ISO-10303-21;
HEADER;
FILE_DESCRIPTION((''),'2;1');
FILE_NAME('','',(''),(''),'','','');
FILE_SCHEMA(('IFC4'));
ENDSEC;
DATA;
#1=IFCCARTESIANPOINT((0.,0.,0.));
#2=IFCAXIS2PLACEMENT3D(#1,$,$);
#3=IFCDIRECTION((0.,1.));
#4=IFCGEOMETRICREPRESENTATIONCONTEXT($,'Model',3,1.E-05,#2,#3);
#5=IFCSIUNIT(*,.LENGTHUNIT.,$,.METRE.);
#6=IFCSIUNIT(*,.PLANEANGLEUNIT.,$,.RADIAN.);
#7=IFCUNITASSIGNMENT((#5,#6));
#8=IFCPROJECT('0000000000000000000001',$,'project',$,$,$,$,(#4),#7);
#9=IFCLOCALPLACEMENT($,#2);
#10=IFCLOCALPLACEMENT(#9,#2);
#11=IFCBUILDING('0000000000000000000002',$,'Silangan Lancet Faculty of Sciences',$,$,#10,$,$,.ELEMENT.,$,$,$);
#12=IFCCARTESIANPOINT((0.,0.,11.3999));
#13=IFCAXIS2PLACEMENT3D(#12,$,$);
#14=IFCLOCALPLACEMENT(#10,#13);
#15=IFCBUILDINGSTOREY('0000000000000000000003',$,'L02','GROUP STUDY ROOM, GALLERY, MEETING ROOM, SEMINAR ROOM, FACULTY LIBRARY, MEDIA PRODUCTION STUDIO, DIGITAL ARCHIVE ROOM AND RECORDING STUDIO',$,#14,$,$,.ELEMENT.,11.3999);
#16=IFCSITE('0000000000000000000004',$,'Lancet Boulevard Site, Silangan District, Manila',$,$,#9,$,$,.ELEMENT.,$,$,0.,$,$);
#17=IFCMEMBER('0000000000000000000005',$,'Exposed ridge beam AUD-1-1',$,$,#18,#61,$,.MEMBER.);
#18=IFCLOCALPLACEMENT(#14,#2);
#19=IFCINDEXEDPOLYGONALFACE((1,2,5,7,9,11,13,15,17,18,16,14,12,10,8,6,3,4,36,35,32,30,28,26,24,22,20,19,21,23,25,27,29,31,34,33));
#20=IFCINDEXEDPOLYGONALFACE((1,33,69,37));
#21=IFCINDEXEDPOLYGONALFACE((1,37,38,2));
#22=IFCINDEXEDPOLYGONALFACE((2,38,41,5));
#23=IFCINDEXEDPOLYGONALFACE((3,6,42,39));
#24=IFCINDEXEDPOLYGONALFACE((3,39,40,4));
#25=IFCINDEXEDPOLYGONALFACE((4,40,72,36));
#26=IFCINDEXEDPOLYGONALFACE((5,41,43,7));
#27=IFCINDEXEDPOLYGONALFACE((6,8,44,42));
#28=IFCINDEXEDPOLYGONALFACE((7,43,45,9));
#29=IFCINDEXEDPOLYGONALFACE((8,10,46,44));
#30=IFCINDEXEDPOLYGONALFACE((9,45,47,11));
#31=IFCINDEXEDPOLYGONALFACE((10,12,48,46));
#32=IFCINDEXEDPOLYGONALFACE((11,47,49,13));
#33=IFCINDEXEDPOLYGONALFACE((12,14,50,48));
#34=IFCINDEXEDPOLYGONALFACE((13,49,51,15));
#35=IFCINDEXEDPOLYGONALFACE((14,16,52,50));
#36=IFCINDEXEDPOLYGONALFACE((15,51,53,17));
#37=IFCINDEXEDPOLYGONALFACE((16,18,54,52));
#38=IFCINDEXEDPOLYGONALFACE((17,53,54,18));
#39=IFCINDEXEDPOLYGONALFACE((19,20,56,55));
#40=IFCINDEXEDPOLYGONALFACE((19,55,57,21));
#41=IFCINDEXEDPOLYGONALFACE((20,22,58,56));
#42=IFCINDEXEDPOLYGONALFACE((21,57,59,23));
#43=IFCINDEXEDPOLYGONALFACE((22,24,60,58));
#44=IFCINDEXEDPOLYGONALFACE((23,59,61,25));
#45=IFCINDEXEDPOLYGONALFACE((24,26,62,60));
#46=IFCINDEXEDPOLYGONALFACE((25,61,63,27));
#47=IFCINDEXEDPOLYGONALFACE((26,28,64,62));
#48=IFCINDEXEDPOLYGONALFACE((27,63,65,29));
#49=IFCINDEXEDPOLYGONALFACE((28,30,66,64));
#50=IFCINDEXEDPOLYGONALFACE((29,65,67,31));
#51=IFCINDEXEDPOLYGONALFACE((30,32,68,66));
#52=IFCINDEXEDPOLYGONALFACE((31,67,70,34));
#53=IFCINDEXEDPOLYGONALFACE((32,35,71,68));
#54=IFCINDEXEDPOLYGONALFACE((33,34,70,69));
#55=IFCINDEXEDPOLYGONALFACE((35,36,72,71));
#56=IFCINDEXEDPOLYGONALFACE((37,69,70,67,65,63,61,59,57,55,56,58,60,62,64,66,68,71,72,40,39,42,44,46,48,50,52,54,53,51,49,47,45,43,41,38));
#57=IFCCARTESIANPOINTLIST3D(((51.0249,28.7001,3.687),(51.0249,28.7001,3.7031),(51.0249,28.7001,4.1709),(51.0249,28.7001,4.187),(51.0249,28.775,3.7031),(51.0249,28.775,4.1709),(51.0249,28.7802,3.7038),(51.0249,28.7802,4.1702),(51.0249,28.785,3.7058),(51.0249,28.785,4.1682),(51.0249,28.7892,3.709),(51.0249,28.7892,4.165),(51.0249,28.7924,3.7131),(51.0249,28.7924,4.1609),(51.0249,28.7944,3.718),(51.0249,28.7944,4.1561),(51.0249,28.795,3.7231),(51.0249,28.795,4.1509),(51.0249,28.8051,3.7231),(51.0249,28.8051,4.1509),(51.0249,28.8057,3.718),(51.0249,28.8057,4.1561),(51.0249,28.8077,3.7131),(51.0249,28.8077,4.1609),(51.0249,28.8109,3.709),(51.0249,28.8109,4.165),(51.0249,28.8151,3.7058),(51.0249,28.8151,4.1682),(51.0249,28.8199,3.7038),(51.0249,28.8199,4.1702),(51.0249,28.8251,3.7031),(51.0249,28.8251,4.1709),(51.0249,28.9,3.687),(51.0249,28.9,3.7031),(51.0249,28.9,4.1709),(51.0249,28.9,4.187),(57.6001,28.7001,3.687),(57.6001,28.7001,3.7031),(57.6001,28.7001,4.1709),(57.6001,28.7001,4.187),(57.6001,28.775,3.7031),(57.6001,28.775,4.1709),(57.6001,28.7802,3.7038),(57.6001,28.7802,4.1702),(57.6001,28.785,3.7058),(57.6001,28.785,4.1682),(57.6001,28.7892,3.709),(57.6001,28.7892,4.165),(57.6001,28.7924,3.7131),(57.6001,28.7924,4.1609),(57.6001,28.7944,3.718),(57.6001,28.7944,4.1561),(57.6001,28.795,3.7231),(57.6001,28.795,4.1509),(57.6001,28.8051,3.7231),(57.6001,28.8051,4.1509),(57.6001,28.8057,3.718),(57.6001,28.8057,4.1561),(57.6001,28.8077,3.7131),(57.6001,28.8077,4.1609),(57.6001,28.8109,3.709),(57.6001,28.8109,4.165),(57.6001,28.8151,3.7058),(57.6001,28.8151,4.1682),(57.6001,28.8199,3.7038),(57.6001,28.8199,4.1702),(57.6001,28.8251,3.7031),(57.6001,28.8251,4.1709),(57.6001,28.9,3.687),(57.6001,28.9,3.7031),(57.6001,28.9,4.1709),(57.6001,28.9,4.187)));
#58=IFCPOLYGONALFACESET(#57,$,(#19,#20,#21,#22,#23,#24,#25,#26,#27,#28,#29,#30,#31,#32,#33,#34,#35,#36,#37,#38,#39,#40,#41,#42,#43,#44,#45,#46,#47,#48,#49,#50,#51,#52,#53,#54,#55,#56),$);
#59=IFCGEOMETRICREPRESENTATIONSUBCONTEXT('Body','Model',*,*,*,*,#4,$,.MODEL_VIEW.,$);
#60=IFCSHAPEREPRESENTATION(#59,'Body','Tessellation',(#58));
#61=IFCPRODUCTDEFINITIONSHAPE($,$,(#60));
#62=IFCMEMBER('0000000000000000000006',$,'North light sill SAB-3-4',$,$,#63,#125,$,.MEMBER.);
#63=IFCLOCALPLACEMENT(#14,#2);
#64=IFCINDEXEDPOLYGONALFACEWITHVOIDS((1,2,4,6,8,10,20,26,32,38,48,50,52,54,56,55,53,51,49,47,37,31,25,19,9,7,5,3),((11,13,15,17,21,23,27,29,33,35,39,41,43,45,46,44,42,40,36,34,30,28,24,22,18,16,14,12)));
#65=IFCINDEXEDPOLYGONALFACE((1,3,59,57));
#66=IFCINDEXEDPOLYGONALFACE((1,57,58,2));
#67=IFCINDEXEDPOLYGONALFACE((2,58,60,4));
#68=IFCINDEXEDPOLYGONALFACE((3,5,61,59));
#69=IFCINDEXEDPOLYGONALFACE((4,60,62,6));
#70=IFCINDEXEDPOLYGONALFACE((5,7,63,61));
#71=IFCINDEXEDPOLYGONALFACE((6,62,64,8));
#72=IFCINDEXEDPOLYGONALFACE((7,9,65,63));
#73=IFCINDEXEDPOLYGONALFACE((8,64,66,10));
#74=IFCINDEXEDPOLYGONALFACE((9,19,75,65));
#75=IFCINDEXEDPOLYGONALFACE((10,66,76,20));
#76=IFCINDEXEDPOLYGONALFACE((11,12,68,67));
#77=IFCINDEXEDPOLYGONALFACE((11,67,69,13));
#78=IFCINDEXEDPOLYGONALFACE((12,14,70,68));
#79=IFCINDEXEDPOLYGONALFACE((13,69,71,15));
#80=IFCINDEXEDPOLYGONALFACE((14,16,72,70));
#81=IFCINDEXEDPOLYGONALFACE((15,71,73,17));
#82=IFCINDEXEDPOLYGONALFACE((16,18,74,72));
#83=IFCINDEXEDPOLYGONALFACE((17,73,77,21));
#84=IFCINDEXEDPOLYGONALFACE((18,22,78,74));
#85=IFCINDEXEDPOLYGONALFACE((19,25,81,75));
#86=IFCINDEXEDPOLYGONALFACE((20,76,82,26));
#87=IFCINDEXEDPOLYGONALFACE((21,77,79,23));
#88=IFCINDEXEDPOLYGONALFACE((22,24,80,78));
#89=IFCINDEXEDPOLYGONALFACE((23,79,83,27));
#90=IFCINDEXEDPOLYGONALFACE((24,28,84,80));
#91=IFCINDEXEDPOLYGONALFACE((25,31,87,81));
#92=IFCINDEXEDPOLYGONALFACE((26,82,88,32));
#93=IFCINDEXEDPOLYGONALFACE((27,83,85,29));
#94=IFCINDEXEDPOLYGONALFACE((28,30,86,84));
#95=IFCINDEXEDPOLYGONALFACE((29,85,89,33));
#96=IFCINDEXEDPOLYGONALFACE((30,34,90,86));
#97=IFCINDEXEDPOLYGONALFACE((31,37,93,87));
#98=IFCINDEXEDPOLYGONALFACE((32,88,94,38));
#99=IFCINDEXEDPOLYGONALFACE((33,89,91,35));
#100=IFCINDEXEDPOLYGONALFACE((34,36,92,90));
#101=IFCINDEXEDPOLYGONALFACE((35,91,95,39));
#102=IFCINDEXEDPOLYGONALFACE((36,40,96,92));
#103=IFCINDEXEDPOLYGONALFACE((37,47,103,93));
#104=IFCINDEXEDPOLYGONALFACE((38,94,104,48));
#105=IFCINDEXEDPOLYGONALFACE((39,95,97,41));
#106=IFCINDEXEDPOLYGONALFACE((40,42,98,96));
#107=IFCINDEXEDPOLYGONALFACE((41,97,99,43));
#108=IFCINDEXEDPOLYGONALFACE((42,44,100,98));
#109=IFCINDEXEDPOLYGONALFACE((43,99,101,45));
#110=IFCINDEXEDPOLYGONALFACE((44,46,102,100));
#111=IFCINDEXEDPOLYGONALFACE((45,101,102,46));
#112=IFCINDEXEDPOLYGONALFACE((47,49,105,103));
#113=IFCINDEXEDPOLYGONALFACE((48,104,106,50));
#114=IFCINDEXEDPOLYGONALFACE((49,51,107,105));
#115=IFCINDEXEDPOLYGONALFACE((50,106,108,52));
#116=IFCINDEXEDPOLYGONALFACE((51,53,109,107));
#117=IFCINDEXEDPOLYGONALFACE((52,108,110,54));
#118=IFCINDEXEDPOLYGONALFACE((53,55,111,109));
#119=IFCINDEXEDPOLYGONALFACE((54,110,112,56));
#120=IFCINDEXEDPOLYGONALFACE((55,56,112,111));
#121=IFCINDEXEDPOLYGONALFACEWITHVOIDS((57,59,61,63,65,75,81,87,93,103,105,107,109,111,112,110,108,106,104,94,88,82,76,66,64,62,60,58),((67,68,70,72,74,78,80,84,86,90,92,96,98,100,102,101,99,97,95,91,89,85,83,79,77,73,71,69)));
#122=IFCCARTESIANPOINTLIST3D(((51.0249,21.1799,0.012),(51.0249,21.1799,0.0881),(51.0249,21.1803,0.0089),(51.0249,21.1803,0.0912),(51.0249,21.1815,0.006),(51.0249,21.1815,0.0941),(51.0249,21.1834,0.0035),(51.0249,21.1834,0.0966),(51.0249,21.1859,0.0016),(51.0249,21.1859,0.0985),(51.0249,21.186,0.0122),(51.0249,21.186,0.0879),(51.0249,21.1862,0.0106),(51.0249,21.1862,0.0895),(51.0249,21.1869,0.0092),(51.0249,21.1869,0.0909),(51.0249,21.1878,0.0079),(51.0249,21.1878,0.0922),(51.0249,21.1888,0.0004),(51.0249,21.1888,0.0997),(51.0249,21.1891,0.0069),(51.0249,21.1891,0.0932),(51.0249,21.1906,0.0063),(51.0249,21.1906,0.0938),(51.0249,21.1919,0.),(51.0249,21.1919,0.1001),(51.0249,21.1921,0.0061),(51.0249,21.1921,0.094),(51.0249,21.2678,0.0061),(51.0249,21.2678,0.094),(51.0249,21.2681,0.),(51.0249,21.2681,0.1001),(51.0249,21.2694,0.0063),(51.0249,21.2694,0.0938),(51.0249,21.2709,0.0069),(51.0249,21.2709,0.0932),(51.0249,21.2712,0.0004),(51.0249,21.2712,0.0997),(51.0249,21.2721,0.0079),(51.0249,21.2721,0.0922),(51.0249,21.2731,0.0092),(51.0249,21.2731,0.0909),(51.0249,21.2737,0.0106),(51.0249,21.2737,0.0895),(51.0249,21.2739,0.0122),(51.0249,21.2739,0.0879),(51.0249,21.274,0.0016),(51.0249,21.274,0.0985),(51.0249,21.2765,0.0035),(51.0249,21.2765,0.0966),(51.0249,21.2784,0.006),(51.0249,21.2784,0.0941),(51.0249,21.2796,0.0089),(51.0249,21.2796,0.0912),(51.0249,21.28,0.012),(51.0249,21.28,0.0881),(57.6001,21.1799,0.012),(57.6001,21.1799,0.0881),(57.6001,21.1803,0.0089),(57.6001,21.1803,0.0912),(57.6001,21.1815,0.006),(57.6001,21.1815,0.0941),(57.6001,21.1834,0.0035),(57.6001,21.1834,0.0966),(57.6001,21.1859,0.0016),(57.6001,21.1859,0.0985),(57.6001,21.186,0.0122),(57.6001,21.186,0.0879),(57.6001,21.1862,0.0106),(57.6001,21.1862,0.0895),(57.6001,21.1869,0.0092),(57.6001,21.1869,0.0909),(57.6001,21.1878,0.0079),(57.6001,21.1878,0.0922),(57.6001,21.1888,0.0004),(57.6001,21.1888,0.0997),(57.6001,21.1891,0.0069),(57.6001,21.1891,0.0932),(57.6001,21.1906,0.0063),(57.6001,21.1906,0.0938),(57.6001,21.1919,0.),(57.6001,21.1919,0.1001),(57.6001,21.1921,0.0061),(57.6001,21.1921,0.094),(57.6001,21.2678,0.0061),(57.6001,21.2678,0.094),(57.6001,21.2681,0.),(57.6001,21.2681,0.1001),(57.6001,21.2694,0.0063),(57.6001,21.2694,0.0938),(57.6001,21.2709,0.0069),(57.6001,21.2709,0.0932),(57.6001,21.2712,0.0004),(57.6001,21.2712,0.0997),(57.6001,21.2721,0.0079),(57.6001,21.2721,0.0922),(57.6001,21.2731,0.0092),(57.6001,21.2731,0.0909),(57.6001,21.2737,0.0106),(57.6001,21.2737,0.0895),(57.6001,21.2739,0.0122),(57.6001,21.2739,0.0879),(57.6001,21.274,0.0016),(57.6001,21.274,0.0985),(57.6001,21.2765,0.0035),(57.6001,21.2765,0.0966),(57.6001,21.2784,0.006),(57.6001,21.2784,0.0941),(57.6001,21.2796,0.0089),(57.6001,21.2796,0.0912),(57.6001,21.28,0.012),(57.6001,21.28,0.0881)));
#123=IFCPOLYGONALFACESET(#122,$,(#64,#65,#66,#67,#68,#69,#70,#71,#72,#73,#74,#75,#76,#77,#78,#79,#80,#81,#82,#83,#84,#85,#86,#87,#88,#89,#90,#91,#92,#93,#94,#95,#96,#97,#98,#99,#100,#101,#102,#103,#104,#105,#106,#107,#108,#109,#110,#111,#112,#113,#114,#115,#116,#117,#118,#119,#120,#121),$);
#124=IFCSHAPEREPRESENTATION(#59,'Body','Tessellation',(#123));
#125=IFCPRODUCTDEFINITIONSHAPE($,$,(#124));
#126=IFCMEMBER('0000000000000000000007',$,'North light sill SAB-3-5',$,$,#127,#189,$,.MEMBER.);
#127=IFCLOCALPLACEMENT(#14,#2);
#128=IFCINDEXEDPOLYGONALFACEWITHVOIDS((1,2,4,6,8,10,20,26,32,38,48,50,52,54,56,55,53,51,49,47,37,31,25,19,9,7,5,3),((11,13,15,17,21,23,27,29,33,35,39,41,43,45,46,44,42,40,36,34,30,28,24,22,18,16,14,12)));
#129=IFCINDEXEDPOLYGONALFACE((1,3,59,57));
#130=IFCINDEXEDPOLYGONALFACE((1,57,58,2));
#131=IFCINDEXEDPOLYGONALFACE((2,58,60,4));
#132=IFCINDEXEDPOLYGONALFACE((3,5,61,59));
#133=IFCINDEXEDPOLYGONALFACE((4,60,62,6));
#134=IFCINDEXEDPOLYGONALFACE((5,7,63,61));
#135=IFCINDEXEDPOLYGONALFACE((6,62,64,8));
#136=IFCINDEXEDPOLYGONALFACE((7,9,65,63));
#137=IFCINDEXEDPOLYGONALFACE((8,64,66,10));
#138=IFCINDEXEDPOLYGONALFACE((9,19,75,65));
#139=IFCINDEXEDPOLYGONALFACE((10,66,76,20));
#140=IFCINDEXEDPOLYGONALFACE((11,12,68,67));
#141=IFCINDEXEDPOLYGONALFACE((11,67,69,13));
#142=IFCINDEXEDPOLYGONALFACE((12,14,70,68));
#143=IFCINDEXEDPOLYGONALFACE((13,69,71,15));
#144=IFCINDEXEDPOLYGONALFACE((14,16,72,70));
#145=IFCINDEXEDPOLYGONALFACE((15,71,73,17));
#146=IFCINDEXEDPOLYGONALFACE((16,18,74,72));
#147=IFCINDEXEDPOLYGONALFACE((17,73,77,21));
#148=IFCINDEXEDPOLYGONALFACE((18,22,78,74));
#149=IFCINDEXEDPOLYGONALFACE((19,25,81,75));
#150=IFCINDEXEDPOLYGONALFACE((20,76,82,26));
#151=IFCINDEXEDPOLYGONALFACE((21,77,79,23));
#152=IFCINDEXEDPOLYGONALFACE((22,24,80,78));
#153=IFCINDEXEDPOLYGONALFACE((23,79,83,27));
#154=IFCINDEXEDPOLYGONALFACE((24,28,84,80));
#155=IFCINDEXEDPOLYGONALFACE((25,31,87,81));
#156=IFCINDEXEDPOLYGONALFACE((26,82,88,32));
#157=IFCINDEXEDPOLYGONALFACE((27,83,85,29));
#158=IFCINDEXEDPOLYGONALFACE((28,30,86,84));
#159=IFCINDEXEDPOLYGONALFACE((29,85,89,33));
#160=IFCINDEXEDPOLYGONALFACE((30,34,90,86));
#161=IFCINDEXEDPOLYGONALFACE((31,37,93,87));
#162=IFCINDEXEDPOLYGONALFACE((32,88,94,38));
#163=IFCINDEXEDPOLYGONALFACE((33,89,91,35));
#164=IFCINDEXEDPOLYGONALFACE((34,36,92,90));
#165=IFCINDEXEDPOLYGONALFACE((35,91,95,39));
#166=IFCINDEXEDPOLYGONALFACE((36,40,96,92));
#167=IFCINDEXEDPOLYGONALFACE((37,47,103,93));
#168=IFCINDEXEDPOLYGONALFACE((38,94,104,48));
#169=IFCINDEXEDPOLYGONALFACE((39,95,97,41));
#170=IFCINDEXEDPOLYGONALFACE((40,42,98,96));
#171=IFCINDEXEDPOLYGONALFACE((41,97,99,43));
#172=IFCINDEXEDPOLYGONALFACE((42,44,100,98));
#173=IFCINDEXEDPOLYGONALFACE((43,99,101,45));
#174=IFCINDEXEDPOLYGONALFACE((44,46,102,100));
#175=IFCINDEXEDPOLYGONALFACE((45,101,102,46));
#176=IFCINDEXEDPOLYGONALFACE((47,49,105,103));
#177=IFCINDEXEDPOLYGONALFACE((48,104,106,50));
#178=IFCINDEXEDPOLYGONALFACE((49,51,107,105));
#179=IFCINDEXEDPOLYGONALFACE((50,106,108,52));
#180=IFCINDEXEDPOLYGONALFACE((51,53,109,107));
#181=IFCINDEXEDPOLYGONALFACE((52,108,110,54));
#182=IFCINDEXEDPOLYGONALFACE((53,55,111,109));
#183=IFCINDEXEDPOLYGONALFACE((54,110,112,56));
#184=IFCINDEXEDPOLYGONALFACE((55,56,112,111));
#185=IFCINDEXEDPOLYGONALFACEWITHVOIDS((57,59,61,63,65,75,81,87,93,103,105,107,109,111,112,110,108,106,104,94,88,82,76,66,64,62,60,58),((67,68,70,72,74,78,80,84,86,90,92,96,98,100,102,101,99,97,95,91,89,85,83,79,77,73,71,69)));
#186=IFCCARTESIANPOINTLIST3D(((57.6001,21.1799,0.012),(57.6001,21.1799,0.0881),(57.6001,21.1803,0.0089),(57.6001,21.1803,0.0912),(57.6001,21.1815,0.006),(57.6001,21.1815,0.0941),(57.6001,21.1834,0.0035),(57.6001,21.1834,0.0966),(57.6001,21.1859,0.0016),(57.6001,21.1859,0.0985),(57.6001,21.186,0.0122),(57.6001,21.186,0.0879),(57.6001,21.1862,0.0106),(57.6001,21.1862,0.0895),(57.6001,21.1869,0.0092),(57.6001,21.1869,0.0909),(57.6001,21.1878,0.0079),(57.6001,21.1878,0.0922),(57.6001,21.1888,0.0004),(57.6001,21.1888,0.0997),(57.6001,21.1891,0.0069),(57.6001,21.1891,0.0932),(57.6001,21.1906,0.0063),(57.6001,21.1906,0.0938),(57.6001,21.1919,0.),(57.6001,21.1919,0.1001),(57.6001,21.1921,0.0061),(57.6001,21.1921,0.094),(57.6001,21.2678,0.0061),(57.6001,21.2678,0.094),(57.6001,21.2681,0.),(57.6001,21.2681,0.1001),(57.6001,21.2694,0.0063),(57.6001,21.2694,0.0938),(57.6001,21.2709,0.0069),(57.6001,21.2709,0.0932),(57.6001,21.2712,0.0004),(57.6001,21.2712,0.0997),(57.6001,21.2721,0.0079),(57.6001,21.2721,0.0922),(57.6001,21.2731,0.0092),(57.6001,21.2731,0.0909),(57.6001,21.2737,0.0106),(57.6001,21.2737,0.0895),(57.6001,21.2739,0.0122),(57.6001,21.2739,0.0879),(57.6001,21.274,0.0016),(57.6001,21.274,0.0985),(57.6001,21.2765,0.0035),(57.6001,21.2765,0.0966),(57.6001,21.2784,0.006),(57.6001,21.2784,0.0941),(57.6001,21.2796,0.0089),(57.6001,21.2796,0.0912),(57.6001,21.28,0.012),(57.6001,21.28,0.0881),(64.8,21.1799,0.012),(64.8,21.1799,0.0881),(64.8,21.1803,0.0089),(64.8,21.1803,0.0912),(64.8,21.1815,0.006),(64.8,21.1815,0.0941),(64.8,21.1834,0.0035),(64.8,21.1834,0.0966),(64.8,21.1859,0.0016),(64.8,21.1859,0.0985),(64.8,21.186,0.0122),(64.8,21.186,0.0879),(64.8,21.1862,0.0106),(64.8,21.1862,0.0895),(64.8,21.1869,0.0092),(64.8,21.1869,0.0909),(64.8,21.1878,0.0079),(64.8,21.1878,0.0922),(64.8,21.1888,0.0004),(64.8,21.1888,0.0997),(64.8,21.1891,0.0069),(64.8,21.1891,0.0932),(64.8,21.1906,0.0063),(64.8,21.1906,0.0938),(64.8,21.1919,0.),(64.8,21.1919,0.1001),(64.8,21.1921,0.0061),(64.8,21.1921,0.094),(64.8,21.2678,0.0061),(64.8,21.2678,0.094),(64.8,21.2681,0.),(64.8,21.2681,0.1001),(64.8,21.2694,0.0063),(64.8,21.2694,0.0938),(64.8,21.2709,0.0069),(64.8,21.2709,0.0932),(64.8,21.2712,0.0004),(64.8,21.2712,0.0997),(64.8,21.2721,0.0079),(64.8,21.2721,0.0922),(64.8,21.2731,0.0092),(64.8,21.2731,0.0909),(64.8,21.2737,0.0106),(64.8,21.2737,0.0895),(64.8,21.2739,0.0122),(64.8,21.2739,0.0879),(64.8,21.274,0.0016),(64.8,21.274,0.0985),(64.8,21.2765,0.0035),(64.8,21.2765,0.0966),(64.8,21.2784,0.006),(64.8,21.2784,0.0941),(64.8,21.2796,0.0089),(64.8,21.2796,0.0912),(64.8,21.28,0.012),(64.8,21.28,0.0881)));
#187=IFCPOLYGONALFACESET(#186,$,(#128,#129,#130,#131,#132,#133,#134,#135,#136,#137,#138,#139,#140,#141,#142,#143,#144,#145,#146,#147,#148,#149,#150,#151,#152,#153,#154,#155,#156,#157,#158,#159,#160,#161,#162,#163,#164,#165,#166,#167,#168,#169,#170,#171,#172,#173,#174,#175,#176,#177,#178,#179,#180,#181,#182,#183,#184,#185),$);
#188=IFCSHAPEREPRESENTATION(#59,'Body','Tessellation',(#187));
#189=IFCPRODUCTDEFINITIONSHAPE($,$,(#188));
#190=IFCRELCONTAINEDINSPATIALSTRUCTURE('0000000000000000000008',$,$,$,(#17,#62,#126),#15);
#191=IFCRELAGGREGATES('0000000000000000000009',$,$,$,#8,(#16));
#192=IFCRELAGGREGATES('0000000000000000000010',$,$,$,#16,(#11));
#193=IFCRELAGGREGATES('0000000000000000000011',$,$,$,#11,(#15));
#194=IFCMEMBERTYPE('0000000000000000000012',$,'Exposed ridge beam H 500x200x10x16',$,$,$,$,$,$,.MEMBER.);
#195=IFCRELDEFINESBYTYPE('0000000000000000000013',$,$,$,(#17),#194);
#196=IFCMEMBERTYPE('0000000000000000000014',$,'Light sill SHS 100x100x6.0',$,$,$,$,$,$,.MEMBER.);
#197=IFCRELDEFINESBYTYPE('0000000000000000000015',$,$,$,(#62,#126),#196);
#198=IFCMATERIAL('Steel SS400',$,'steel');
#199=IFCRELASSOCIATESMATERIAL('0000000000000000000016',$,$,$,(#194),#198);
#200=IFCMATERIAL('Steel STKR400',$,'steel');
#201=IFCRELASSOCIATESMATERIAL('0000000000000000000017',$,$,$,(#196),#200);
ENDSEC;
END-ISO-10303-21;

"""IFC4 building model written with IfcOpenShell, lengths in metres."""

from ifc_helpers import new_model, si_unit, direction, frame, origin, origin_2d, place, context, subcontext, project, spatial, hollow_rectangle, i_section, extrude, material, material_profile, profile_set, type_object, element, save


model = new_model("IFC4")

# Units and contexts
model_context = context("Model", 3, precision=1e-05, world=origin(), true_north=direction((0.0, 1.0)))
body_context = subcontext(model_context, "Body", "Model", "MODEL_VIEW")
ifc_project = project(units=[si_unit("LENGTHUNIT", "METRE"), si_unit("PLANEANGLEUNIT", "RADIAN")], contexts=[model_context])

# Site, building, storey
site_placement = place(None, origin())
site = spatial("IfcSite", under=ifc_project, at=site_placement, Name="Lancet Boulevard Site, Silangan District, Manila", CompositionType="ELEMENT", RefElevation=0.0)
building_placement = place(site_placement, origin())
building = spatial("IfcBuilding", under=site, at=building_placement, Name="Silangan Lancet Faculty of Sciences", CompositionType="ELEMENT")
storey_placement = place(building_placement, frame((0.0, 0.0, 11.3999)))
storey = spatial("IfcBuildingStorey", under=building, at=storey_placement, Name="L02", Description="GROUP STUDY ROOM, GALLERY, MEETING ROOM, SEMINAR ROOM, FACULTY LIBRARY, MEDIA PRODUCTION STUDIO, DIGITAL ARCHIVE ROOM AND RECORDING STUDIO", CompositionType="ELEMENT", Elevation=11.3999)

# Members
ifc_material_1 = material(Name="Steel SS400", Category="steel")
ifc_material_profile_1 = material_profile(ifc_material_1, i_section(OverallWidth=0.2, OverallDepth=0.5, WebThickness=0.01, FlangeThickness=0.0161, FilletRadius=0.02, at=origin_2d()), Name="H 500x200x10x16")
ifc_profile_set_1 = profile_set([ifc_material_profile_1], Name="Steel SS400")
member_type_1 = type_object("IfcMemberType", Name="Exposed ridge beam H 500x200x10x16", PredefinedType="MEMBER", material=ifc_profile_set_1)
member_1_placement = place(storey_placement, frame((51.0249, 28.8, 3.937), z_axis=(1.0, 0.0, 0.0), x_axis=(0.0, 1.0, 0.0)))
element("IfcMember", 1, at=member_1_placement, inside=storey, type_object=member_type_1, Name="Exposed ridge beam AUD-1-1", PredefinedType="MEMBER", context=body_context, shape_type="SweptSolid", body=[
    extrude(i_section(OverallWidth=0.2, OverallDepth=0.5, WebThickness=0.01, FlangeThickness=0.0161, FilletRadius=0.02, at=origin_2d()), origin(), (0.0, 0.0, 1.0), 6.5752),
])
ifc_material_2 = material(Name="Steel STKR400", Category="steel")
ifc_material_profile_2 = material_profile(ifc_material_2, hollow_rectangle(XDim=0.1001, YDim=0.1001, WallThickness=0.0061, InnerFilletRadius=0.0061, OuterFilletRadius=0.012, at=origin_2d()), Name="SHS 100x100x6.0")
ifc_profile_set_2 = profile_set([ifc_material_profile_2], Name="Steel STKR400")
member_type_2 = type_object("IfcMemberType", Name="Light sill SHS 100x100x6.0", PredefinedType="MEMBER", material=ifc_profile_set_2)
member_2_placement = place(storey_placement, frame((51.0249, 21.23, 0.05), z_axis=(1.0, 0.0, 0.0), x_axis=(0.0, 1.0, 0.0)))
element("IfcMember", 2, at=member_2_placement, inside=storey, type_object=member_type_2, Name="North light sill SAB-3-4", PredefinedType="MEMBER", context=body_context, shape_type="SweptSolid", body=[
    extrude(hollow_rectangle(XDim=0.1001, YDim=0.1001, WallThickness=0.0061, InnerFilletRadius=0.0061, OuterFilletRadius=0.012, at=origin_2d()), origin(), (0.0, 0.0, 1.0), 6.5752),
])
member_3_placement = place(storey_placement, frame((57.6001, 21.23, 0.05), z_axis=(1.0, 0.0, 0.0), x_axis=(0.0, 1.0, 0.0)))
element("IfcMember", 3, at=member_3_placement, inside=storey, type_object=member_type_2, Name="North light sill SAB-3-5", PredefinedType="MEMBER", context=body_context, shape_type="SweptSolid", body=[
    extrude(hollow_rectangle(XDim=0.1001, YDim=0.1001, WallThickness=0.0061, InnerFilletRadius=0.0061, OuterFilletRadius=0.012, at=origin_2d()), origin(), (0.0, 0.0, 1.0), 7.2),
])

save(model, "model.ifc")
